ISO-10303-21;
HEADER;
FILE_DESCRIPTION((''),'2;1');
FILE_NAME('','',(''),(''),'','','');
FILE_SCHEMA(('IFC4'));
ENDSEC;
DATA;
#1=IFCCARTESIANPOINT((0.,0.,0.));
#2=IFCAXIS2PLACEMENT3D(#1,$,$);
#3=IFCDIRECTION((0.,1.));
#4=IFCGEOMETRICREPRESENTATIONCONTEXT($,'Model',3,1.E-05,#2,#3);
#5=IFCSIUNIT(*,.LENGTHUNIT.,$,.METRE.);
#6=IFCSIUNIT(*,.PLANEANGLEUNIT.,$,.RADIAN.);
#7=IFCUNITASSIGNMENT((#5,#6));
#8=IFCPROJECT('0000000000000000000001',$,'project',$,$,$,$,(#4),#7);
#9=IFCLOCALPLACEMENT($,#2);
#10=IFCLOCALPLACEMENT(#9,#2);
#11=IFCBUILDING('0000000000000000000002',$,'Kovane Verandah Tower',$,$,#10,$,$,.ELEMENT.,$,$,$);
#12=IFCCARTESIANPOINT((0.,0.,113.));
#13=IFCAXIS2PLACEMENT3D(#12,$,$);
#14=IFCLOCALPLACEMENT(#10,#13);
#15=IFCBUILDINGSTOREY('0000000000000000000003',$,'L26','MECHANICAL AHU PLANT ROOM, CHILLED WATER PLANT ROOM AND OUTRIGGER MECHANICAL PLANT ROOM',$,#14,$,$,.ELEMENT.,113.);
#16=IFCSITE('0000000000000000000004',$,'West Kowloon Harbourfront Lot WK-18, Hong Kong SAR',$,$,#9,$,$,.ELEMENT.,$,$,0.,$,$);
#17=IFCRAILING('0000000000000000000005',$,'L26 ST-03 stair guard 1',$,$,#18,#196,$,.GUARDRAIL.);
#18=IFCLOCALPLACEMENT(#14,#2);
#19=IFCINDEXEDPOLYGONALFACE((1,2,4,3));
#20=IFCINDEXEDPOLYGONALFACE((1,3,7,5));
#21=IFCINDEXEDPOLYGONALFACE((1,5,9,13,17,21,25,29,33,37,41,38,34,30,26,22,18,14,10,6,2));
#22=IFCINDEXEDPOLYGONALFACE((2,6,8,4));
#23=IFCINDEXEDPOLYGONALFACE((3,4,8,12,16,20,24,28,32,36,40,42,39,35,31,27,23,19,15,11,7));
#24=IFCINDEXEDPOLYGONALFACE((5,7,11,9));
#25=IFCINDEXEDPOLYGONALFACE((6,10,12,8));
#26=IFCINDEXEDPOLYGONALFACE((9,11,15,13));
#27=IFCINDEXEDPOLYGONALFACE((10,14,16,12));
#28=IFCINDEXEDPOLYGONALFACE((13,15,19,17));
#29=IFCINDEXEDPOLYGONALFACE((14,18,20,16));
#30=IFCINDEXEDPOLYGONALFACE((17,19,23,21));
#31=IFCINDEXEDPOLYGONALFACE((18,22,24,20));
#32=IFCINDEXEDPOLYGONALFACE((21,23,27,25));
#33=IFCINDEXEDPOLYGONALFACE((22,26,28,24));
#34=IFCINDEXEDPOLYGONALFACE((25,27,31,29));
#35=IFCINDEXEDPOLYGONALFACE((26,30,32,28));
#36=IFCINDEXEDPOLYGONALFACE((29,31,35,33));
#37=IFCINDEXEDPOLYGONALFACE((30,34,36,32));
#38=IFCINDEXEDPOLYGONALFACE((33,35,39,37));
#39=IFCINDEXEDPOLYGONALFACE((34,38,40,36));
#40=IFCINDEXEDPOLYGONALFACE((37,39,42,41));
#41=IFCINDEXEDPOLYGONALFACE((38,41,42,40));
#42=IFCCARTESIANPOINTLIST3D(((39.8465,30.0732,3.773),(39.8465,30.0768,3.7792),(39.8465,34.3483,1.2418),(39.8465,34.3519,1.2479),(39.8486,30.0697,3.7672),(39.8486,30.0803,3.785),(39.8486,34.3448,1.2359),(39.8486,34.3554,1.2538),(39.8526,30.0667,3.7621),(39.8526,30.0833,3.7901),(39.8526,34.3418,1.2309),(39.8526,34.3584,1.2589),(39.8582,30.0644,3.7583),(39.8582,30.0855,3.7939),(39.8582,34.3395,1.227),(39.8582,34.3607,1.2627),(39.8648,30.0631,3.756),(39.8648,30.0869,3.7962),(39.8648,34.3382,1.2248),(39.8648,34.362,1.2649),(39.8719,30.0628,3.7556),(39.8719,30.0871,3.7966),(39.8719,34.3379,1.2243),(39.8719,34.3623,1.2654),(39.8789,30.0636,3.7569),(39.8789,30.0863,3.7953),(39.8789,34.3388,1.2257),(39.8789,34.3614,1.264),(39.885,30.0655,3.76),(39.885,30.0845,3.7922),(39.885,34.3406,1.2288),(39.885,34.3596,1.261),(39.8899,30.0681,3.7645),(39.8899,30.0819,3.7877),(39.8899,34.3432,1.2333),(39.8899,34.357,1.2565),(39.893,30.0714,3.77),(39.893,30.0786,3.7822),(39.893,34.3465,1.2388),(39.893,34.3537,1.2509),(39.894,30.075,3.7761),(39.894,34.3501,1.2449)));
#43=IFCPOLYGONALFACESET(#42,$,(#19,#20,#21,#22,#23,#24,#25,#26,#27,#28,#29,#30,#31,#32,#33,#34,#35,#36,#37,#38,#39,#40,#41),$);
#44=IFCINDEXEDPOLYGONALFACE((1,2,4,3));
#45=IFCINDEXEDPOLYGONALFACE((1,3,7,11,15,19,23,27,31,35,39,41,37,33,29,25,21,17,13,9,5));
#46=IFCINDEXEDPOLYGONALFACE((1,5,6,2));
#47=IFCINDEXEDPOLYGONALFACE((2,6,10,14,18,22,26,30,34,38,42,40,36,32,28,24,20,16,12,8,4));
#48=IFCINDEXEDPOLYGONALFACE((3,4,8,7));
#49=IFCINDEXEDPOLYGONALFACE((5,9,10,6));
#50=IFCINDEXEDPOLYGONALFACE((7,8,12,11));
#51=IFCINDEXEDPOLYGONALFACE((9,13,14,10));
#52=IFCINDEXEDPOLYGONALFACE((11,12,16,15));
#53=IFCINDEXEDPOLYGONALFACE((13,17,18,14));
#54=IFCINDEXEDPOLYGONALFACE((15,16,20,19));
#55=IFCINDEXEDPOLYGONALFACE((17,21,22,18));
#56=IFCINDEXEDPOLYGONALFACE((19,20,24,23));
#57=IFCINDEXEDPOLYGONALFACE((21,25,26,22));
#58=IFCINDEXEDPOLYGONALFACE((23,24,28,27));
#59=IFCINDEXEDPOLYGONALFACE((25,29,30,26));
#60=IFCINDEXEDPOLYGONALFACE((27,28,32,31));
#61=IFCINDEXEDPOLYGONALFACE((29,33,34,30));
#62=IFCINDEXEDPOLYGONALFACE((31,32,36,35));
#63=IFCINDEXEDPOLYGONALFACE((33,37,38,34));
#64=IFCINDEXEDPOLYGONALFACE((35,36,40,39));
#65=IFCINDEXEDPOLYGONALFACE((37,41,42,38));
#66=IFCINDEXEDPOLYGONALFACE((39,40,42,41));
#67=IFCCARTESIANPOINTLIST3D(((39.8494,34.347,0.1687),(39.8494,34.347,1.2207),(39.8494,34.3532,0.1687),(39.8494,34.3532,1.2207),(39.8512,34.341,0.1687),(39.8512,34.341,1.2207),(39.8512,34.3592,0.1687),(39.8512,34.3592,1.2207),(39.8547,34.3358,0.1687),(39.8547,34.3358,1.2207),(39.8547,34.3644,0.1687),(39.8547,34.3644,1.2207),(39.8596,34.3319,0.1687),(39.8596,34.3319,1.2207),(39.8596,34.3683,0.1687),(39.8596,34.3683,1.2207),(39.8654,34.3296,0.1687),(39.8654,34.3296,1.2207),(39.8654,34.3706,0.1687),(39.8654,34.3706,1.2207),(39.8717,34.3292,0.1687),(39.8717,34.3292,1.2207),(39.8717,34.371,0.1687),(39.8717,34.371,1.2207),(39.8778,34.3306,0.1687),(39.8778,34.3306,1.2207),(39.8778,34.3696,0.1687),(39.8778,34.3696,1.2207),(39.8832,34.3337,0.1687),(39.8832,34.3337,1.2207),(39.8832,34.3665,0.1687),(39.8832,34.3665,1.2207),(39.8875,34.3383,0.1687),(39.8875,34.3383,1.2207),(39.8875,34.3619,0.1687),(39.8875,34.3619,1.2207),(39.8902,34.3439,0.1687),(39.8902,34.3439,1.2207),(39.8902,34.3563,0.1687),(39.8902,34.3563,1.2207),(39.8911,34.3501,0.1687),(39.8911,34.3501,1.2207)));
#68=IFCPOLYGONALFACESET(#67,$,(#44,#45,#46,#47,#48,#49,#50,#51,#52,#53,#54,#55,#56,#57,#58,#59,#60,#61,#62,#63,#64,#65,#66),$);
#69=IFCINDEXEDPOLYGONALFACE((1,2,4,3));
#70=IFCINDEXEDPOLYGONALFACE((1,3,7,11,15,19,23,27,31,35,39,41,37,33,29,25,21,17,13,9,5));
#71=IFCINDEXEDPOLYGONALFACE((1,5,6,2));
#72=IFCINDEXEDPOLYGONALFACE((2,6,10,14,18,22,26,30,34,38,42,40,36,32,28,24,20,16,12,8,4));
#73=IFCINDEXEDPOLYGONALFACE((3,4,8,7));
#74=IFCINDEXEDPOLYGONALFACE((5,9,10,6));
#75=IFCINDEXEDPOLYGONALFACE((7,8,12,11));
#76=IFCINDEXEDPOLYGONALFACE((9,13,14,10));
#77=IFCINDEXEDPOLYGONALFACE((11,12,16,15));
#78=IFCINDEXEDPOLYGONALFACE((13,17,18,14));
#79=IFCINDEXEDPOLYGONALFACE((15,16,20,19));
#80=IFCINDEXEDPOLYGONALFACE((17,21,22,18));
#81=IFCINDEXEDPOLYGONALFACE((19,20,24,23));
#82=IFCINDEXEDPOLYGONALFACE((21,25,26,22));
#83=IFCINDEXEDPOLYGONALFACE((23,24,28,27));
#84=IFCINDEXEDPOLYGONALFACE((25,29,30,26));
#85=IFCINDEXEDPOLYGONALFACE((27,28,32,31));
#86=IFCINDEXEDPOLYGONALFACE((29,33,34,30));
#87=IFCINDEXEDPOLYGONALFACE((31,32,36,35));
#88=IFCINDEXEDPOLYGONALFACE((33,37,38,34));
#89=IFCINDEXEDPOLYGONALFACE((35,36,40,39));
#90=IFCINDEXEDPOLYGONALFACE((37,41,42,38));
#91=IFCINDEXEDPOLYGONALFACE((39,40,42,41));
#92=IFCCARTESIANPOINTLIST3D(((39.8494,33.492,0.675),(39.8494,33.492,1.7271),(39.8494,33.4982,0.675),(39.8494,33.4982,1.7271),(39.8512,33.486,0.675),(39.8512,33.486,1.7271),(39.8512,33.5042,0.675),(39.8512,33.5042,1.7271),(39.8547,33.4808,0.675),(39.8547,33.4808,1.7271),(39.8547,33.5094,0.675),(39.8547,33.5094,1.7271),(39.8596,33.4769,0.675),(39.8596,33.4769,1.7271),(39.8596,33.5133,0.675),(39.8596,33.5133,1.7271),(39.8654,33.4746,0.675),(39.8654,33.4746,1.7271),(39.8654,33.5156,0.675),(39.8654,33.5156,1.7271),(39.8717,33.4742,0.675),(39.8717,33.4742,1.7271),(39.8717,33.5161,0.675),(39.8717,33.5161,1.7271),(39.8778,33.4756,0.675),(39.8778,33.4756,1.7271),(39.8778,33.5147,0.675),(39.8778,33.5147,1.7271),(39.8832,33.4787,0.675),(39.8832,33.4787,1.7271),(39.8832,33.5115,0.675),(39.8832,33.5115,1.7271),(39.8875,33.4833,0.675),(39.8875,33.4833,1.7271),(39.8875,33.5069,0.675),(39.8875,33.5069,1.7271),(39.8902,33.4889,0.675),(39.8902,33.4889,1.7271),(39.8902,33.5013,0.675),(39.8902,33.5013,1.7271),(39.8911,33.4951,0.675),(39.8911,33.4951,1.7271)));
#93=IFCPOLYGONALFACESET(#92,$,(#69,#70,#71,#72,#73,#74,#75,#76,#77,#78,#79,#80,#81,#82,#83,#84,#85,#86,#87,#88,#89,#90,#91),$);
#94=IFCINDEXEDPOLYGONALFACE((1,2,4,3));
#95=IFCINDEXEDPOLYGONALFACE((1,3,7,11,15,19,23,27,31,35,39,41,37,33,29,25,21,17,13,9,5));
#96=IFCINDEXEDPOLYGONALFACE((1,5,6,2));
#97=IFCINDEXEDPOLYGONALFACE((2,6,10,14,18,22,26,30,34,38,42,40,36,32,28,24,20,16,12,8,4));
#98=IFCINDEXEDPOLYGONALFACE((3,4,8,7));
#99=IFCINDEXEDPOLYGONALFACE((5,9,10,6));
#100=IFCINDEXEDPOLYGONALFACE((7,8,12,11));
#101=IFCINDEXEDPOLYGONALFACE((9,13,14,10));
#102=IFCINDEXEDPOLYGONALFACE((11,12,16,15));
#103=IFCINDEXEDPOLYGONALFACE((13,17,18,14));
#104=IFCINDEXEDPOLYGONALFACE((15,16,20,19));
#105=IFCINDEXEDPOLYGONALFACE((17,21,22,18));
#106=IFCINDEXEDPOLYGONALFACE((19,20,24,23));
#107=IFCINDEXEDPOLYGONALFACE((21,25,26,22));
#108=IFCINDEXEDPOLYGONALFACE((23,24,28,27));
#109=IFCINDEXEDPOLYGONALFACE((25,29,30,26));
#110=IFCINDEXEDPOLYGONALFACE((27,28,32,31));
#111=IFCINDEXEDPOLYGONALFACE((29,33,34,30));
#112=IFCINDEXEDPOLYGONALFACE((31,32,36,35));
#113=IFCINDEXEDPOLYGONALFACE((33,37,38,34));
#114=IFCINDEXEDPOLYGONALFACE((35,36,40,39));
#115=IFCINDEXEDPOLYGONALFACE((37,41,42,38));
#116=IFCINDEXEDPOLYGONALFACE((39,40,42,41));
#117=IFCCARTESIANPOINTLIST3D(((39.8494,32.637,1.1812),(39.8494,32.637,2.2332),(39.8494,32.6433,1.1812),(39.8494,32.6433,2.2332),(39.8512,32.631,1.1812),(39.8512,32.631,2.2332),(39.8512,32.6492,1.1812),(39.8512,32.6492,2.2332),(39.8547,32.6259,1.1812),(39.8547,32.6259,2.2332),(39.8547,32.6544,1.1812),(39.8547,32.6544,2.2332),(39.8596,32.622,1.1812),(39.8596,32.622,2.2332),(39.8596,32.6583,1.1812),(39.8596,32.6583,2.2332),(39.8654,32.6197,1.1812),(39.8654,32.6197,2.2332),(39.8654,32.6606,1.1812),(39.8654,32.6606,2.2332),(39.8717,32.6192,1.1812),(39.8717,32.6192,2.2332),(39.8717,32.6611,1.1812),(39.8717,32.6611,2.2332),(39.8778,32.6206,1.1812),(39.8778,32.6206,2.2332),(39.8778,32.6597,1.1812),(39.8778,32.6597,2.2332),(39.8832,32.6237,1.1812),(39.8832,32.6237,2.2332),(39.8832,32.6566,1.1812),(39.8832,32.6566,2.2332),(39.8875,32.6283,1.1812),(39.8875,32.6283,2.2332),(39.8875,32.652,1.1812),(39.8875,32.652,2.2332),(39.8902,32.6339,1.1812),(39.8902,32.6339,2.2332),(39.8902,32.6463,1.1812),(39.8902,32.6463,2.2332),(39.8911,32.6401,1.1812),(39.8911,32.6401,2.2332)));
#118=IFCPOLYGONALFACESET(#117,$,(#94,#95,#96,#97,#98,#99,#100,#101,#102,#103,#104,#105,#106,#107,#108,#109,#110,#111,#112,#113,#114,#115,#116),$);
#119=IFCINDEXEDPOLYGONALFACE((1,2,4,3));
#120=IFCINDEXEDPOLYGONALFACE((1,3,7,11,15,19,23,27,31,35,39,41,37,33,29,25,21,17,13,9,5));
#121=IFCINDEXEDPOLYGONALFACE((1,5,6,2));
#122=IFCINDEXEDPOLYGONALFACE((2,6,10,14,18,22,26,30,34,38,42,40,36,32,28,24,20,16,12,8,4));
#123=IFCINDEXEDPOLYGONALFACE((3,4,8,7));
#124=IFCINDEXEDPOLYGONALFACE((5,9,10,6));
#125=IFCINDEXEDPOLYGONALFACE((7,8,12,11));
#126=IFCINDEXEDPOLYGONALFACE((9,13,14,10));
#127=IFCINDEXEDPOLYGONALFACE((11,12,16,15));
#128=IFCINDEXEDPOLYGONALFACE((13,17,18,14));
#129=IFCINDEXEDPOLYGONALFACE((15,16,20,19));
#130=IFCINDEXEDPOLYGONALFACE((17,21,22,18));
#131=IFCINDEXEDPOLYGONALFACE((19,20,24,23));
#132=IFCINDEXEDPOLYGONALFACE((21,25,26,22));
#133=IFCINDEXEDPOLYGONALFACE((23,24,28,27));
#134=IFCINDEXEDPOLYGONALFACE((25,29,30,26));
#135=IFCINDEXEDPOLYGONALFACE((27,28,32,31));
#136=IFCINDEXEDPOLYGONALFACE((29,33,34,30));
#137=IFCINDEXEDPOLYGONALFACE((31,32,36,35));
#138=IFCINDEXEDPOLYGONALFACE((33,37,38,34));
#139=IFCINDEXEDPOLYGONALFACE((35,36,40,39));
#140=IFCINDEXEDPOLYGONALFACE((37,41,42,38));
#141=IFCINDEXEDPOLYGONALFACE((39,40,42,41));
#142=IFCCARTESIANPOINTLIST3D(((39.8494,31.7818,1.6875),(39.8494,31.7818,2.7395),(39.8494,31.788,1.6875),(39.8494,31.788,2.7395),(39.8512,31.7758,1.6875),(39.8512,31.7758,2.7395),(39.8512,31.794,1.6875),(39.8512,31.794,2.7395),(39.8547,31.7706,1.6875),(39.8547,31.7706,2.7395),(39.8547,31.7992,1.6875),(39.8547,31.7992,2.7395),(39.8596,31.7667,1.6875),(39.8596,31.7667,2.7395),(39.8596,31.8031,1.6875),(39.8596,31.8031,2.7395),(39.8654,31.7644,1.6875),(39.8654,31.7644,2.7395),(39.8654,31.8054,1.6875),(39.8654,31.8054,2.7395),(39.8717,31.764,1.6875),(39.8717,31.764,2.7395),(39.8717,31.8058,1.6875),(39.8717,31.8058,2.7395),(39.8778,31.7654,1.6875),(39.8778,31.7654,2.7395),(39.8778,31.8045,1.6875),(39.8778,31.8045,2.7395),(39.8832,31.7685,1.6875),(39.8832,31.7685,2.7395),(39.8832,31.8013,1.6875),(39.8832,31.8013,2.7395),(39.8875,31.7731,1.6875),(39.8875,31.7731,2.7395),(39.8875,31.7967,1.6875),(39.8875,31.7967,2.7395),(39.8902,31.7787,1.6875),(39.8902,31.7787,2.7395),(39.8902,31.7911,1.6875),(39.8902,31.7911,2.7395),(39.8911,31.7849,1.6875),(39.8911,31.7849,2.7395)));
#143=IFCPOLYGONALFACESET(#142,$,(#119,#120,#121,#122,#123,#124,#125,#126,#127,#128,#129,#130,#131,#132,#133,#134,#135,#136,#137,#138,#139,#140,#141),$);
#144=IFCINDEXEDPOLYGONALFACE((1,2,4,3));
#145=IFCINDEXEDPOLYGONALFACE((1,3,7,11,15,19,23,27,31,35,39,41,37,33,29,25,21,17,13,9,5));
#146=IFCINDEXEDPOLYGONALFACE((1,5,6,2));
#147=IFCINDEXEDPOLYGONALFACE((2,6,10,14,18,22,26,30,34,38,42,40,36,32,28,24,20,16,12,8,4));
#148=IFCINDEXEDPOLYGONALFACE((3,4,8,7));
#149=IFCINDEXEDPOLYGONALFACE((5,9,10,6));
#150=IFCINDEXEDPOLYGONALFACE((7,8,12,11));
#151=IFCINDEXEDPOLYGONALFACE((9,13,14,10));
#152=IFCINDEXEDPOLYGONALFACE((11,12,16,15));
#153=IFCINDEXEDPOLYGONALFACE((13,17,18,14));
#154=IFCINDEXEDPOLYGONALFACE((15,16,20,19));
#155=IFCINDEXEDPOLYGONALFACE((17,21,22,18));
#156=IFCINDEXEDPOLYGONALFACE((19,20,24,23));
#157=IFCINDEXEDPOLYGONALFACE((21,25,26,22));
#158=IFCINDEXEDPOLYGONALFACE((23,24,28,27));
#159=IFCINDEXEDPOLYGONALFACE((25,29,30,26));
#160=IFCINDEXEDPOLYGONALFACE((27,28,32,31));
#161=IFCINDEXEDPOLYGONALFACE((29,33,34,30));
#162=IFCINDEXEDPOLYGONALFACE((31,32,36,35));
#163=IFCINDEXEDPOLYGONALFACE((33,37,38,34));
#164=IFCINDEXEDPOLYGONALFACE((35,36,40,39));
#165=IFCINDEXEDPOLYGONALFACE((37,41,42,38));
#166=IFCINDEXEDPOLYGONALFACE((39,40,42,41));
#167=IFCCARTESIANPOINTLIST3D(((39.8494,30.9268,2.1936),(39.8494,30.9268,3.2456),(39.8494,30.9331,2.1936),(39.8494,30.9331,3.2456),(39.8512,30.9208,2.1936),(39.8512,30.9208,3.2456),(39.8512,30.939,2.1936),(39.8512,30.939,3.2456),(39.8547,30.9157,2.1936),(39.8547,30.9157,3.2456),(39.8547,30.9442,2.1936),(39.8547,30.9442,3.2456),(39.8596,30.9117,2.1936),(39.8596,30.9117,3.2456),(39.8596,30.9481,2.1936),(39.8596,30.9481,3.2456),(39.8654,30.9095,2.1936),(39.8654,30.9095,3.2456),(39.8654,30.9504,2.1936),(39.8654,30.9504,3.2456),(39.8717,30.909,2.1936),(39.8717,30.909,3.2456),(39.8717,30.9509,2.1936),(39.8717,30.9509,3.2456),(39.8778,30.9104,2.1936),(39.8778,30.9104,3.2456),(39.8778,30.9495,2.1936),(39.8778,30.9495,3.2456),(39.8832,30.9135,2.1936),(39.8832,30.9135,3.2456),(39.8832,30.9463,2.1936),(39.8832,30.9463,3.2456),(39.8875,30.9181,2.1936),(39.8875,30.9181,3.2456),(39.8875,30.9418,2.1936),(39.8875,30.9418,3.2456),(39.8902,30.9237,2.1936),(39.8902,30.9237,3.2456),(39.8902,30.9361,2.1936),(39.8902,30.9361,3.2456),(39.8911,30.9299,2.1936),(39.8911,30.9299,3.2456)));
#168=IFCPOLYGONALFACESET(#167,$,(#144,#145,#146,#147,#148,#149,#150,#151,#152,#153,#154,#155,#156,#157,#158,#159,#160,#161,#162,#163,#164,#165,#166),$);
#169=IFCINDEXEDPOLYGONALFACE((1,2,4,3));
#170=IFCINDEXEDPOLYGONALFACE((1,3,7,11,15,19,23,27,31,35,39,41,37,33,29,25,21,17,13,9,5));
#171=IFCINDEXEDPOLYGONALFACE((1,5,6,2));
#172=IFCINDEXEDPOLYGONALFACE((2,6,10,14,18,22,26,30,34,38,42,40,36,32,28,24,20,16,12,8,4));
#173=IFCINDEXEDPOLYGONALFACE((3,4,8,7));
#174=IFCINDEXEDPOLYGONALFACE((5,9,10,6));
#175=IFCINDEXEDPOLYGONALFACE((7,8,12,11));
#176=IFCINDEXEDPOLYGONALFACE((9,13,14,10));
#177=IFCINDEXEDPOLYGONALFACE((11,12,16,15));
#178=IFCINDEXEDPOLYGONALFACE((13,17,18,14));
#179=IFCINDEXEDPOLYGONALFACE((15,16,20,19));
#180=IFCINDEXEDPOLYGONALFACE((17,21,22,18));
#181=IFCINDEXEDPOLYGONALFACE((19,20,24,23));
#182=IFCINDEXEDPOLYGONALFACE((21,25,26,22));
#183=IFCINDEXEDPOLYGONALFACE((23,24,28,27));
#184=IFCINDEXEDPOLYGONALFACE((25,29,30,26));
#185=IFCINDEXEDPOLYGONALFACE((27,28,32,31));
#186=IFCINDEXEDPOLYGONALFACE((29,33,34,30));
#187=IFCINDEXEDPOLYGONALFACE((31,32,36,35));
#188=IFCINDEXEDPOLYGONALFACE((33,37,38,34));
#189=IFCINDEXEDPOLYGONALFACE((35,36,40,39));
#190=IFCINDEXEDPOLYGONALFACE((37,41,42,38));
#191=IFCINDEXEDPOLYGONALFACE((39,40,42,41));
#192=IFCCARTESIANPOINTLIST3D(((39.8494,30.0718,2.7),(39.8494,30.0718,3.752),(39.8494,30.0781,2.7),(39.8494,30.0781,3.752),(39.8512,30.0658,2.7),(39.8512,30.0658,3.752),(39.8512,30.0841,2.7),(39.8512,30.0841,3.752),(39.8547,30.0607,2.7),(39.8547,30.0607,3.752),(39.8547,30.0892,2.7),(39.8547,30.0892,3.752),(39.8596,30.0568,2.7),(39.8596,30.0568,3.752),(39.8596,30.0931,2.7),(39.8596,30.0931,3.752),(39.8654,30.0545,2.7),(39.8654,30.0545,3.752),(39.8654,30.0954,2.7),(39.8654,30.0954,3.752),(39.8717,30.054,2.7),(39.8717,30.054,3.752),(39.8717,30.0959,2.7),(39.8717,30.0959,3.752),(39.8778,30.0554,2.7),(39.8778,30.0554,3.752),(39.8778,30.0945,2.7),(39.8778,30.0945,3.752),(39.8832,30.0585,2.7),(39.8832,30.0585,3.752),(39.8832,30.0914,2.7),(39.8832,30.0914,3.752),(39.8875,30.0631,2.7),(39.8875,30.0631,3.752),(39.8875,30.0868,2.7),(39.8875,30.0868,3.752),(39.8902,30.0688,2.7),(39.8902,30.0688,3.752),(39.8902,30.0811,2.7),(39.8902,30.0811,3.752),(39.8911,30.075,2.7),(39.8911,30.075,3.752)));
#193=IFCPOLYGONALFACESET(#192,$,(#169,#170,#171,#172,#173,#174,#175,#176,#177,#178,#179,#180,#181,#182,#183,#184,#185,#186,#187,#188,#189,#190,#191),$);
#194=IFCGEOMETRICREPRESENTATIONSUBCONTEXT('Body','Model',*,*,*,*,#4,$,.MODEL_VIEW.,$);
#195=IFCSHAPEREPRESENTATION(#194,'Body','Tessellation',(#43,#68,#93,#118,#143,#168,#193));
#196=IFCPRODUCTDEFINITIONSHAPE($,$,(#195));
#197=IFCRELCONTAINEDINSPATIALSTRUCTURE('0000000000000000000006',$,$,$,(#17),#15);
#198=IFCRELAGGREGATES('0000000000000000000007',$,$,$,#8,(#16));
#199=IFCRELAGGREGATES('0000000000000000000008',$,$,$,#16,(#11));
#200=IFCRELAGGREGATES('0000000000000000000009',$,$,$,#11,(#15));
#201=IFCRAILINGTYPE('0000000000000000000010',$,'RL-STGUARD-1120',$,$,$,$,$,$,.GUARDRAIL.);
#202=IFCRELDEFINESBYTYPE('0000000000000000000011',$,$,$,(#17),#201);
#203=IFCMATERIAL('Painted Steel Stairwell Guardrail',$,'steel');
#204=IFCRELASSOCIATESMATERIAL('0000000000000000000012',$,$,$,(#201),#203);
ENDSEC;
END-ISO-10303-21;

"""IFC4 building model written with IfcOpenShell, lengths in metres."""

from ifc_helpers import new_model, si_unit, direction, frame, origin, origin_2d, place, context, subcontext, project, spatial, circle, extrude, material, type_object, element, save


model = new_model("IFC4")

# Units and contexts
model_context = context("Model", 3, precision=1e-05, world=origin(), true_north=direction((0.0, 1.0)))
body_context = subcontext(model_context, "Body", "Model", "MODEL_VIEW")
ifc_project = project(units=[si_unit("LENGTHUNIT", "METRE"), si_unit("PLANEANGLEUNIT", "RADIAN")], contexts=[model_context])

# Site, building, storey
site_placement = place(None, origin())
site = spatial("IfcSite", under=ifc_project, at=site_placement, Name="West Kowloon Harbourfront Lot WK-18, Hong Kong SAR", CompositionType="ELEMENT", RefElevation=0.0)
building_placement = place(site_placement, origin())
building = spatial("IfcBuilding", under=site, at=building_placement, Name="Kovane Verandah Tower", CompositionType="ELEMENT")
storey_placement = place(building_placement, frame((0.0, 0.0, 113.0)))
storey = spatial("IfcBuildingStorey", under=building, at=storey_placement, Name="L26", Description="MECHANICAL AHU PLANT ROOM, CHILLED WATER PLANT ROOM AND OUTRIGGER MECHANICAL PLANT ROOM", CompositionType="ELEMENT", Elevation=113.0)

# Railing
ifc_material_1 = material(Name="Painted Steel Stairwell Guardrail", Category="steel")
railing_type_1 = type_object("IfcRailingType", Name="RL-STGUARD-1120", PredefinedType="GUARDRAIL", material=ifc_material_1)
railing_1_placement = place(storey_placement, frame((39.8701, 34.3501, 0.1687)))
element("IfcRailing", 1, at=railing_1_placement, inside=storey, type_object=railing_type_1, Name="L26 ST-03 stair guard 1", PredefinedType="GUARDRAIL", context=body_context, shape_type="SweptSolid", body=[
    extrude(circle(Radius=0.0239, at=origin_2d()), frame((0.0, 0.0, 1.0762), z_axis=(0.0, -0.860483, 0.509479), x_axis=(1.0, 0.0, 0.0)), (0.0, 0.0, 1.0), 4.9683),
    extrude(circle(Radius=0.021, at=origin_2d()), origin(), (0.0, 0.0, 1.0), 1.052),
    extrude(circle(Radius=0.021, at=origin_2d()), frame((0.0, -0.855, 0.5063)), (0.0, 0.0, 1.0), 1.052),
    extrude(circle(Radius=0.021, at=origin_2d()), frame((0.0, -1.71, 1.0125)), (0.0, 0.0, 1.0), 1.052),
    extrude(circle(Radius=0.021, at=origin_2d()), frame((0.0, -2.5652, 1.5188)), (0.0, 0.0, 1.0), 1.052),
    extrude(circle(Radius=0.021, at=origin_2d()), frame((0.0, -3.4202, 2.0249)), (0.0, 0.0, 1.0), 1.052),
    extrude(circle(Radius=0.021, at=origin_2d()), frame((0.0, -4.2751, 2.5312)), (0.0, 0.0, 1.0), 1.052),
])

save(model, "model.ifc")
